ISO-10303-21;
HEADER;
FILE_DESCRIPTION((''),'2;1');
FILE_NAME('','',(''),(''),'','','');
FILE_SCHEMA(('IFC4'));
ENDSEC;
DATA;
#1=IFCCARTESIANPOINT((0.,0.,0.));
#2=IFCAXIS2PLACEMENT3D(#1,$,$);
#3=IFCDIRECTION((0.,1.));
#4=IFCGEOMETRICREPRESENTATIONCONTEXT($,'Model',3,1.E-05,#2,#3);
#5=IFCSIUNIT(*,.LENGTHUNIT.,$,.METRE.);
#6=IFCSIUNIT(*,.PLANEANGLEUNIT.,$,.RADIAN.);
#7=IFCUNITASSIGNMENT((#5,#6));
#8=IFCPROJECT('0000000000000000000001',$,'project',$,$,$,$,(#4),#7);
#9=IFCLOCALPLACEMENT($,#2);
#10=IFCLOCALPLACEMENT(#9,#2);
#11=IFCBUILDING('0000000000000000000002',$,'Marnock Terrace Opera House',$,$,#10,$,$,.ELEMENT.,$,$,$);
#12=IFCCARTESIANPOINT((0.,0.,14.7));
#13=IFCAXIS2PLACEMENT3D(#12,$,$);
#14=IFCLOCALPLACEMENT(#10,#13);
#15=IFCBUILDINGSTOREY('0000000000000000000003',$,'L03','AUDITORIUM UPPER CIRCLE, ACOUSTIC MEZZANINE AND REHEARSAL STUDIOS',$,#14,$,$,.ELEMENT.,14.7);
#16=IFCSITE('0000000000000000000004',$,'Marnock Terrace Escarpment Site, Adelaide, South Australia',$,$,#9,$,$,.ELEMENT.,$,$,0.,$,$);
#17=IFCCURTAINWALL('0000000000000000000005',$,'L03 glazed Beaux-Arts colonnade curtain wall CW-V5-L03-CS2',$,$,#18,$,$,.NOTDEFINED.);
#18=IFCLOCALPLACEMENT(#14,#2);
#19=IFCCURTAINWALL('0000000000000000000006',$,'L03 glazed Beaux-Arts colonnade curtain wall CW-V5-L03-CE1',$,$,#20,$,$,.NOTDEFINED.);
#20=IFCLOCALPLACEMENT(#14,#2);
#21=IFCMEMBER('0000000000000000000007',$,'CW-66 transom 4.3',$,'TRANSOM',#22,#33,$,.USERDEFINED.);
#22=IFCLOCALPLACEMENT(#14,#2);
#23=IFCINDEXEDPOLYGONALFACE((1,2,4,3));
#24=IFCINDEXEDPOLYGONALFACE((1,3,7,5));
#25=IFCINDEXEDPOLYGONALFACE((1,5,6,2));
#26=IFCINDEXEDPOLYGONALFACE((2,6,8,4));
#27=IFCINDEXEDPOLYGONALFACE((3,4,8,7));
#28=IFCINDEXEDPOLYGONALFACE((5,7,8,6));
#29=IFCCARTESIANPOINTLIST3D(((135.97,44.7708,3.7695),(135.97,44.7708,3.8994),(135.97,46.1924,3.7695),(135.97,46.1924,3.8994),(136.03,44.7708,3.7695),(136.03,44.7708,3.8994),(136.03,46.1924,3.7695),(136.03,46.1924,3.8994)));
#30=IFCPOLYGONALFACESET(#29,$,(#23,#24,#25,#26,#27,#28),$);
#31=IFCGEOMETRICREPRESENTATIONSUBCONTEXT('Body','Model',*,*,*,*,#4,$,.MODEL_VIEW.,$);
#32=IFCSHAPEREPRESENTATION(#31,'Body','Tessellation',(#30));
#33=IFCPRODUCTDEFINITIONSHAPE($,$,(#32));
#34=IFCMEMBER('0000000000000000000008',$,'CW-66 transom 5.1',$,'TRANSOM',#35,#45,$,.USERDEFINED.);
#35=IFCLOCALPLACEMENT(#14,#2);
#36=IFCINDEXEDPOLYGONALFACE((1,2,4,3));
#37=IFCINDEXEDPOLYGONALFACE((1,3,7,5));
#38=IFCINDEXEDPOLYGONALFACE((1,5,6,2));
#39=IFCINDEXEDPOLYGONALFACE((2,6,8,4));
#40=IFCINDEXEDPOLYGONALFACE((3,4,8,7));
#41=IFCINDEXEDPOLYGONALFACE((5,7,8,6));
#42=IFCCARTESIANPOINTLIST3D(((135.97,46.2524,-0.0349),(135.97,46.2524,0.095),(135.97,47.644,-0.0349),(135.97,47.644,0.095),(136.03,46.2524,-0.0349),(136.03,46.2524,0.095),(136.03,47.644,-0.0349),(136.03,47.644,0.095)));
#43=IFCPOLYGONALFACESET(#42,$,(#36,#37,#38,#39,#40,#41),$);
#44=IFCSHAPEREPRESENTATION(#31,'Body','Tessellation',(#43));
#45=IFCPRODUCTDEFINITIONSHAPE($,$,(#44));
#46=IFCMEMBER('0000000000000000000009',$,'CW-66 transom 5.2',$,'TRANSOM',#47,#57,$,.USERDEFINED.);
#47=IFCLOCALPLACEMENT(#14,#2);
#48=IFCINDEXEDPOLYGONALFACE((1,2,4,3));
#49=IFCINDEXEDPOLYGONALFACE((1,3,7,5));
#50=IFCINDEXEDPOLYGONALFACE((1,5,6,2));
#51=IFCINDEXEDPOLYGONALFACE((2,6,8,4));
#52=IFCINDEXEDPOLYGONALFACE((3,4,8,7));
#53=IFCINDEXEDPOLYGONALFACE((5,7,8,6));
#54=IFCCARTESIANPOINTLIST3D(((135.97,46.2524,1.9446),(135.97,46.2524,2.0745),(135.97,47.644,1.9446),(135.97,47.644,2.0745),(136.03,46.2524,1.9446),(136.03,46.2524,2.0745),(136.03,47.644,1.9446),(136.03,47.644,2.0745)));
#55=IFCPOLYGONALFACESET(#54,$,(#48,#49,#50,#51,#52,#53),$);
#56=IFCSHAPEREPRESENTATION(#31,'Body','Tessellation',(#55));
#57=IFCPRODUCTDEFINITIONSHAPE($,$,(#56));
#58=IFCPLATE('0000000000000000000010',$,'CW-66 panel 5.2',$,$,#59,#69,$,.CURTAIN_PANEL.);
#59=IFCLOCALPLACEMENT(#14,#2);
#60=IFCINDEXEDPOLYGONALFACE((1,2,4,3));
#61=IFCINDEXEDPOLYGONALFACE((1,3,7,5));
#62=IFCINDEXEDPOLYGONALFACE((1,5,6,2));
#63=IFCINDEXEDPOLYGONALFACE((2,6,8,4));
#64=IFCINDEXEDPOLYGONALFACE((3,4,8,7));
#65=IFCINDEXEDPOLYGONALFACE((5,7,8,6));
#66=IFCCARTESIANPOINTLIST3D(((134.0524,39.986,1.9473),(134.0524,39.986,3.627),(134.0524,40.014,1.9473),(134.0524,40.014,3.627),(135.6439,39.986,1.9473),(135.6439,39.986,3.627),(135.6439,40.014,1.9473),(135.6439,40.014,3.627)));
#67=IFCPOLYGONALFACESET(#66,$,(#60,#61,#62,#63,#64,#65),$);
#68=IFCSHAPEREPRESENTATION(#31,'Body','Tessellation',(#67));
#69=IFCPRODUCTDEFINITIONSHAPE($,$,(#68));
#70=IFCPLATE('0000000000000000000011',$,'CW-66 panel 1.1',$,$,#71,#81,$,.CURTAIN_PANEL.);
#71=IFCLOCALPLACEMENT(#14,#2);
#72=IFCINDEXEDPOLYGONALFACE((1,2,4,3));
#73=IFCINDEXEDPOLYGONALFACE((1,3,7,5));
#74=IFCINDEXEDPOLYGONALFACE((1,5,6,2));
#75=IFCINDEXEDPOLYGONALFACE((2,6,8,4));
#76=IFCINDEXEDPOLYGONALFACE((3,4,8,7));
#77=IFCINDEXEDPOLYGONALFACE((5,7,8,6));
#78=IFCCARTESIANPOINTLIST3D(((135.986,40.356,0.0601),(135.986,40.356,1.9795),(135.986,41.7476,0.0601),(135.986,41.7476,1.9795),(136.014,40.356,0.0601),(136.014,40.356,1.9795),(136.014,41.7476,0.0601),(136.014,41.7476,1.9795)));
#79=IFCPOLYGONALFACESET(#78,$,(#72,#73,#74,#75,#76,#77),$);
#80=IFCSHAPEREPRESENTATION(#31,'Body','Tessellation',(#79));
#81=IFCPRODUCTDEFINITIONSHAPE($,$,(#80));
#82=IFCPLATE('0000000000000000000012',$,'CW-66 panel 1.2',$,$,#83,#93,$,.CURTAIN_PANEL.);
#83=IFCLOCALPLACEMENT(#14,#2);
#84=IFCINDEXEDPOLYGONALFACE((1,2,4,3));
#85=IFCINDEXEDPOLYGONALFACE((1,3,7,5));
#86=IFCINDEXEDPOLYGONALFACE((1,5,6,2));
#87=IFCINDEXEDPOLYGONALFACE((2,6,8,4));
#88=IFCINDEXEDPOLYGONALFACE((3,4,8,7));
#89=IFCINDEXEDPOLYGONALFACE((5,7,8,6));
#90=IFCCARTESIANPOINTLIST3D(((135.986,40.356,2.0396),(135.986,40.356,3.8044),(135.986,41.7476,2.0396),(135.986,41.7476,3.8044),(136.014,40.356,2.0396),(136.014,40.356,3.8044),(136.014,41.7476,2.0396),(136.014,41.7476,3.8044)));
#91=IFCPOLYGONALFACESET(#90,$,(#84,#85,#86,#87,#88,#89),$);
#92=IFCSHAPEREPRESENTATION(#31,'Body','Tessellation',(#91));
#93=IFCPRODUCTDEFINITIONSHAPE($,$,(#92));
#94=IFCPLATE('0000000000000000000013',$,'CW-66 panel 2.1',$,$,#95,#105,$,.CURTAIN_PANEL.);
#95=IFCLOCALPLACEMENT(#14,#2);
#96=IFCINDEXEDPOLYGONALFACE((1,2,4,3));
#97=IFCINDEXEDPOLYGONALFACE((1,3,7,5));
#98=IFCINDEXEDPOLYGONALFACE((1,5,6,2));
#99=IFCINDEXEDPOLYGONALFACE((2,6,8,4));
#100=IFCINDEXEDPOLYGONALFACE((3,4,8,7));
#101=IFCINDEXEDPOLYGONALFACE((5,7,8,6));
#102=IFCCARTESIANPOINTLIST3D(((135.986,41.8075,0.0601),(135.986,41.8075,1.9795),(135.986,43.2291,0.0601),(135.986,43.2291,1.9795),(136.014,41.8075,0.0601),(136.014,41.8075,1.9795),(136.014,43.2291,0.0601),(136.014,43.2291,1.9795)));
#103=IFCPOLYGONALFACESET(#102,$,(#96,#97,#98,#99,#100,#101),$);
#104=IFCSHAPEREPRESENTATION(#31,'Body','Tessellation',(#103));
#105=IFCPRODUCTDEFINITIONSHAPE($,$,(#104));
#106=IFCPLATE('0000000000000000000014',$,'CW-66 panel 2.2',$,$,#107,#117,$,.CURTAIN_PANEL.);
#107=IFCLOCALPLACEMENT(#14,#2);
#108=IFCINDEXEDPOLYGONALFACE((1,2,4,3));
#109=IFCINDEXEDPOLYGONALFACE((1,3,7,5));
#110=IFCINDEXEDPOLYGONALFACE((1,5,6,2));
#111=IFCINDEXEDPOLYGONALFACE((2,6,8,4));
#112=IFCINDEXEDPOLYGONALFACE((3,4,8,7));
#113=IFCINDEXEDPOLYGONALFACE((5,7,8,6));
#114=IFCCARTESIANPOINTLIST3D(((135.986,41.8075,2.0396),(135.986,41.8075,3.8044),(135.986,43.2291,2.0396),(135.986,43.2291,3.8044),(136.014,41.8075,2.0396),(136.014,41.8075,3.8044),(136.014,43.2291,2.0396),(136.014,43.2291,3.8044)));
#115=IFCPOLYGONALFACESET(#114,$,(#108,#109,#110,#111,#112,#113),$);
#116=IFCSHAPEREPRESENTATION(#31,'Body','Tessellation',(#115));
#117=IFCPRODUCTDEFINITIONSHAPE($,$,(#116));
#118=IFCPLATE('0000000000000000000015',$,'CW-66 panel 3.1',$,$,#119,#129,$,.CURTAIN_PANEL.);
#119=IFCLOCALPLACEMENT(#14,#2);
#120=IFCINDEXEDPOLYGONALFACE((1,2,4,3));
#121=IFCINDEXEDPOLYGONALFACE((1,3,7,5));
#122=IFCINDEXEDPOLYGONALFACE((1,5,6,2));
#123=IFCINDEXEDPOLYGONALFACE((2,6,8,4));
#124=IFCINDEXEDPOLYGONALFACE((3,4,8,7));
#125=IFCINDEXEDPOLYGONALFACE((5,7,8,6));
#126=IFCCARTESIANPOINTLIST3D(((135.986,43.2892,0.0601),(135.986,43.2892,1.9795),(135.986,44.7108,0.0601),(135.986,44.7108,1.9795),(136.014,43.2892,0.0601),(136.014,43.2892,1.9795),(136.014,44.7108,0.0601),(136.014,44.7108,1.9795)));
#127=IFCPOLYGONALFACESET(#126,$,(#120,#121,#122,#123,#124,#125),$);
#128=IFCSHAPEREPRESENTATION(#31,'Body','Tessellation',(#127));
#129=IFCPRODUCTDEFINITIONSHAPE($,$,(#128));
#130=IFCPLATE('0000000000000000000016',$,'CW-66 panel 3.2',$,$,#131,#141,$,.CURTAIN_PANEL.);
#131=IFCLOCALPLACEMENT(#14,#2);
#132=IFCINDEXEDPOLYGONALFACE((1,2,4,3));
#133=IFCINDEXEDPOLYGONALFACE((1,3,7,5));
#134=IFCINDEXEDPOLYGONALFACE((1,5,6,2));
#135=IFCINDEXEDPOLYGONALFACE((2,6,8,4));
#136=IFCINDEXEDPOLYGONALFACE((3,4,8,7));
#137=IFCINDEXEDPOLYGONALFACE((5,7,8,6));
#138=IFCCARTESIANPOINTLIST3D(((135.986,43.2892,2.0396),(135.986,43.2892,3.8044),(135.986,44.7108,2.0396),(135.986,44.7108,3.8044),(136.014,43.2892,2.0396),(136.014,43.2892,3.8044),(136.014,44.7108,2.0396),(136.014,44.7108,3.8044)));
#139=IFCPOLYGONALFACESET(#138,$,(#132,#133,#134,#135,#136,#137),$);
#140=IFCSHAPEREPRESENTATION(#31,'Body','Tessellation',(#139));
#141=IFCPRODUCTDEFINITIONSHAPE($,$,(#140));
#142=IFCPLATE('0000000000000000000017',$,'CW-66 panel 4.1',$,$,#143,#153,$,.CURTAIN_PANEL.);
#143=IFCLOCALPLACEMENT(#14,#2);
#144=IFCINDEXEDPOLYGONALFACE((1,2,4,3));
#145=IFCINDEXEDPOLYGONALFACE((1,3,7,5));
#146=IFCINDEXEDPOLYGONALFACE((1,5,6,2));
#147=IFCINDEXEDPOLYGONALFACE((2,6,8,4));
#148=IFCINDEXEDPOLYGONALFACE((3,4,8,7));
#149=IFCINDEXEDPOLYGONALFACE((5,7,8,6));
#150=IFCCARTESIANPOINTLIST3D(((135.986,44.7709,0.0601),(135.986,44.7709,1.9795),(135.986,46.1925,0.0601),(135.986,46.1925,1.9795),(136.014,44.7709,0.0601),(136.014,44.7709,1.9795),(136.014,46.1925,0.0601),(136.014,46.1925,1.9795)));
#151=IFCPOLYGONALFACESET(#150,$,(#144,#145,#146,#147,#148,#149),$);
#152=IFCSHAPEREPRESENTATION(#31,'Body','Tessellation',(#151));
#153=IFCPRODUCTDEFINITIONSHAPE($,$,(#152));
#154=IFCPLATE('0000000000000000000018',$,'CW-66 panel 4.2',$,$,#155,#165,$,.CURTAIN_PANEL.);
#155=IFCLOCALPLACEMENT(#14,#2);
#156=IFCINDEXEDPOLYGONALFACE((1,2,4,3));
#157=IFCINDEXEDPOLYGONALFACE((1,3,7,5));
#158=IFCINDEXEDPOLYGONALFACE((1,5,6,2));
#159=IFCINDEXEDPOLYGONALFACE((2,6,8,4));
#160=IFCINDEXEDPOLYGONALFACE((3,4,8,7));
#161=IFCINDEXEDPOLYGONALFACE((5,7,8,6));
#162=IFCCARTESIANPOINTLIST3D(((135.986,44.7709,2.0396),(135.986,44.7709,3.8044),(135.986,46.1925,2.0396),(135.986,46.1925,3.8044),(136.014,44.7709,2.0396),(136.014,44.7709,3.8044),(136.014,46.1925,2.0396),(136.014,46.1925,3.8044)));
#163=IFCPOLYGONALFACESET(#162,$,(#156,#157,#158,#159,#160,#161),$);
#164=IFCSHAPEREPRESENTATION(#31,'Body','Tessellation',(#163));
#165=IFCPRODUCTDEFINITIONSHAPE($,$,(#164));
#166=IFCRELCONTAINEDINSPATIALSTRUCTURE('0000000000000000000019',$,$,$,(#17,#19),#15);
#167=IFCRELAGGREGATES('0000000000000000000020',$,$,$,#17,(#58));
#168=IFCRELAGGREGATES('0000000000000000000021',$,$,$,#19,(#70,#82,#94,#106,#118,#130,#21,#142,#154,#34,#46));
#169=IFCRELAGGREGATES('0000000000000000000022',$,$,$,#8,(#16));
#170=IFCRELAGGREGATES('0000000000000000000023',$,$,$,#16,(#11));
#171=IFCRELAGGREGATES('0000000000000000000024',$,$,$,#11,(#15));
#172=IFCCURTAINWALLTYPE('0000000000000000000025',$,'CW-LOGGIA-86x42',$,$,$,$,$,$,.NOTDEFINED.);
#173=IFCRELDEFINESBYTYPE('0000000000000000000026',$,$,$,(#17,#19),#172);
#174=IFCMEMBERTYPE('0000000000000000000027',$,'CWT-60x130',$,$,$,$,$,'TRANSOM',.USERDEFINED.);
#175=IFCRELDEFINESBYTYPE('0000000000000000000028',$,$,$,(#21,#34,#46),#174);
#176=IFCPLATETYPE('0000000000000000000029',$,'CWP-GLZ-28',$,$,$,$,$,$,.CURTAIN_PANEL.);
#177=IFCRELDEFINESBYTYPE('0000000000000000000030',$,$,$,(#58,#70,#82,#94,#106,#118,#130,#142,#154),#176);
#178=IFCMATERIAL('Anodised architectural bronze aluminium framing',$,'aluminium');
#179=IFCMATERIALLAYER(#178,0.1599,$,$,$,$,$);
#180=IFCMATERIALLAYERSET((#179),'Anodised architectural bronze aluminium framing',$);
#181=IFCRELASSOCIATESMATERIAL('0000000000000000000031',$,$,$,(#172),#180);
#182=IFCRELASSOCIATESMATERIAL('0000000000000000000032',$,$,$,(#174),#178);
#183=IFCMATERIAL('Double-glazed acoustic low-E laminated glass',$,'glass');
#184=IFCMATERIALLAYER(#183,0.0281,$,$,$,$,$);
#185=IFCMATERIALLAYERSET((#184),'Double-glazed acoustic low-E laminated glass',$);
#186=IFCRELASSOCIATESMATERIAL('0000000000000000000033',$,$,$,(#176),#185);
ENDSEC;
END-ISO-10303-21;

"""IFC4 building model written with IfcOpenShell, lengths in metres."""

from ifc_helpers import new_model, si_unit, direction, frame, origin, origin_2d, place, context, subcontext, project, spatial, rectangle, extrude, material, layer, layer_set, material_profile, profile_set, type_object, element, aggregate, save


model = new_model("IFC4")

# Units and contexts
model_context = context("Model", 3, precision=1e-05, world=origin(), true_north=direction((0.0, 1.0)))
body_context = subcontext(model_context, "Body", "Model", "MODEL_VIEW")
ifc_project = project(units=[si_unit("LENGTHUNIT", "METRE"), si_unit("PLANEANGLEUNIT", "RADIAN")], contexts=[model_context])

# Site, building, storey
site_placement = place(None, origin())
site = spatial("IfcSite", under=ifc_project, at=site_placement, Name="Marnock Terrace Escarpment Site, Adelaide, South Australia", CompositionType="ELEMENT", RefElevation=0.0)
building_placement = place(site_placement, origin())
building = spatial("IfcBuilding", under=site, at=building_placement, Name="Marnock Terrace Opera House", CompositionType="ELEMENT")
storey_placement = place(building_placement, frame((0.0, 0.0, 14.7)))
storey = spatial("IfcBuildingStorey", under=building, at=storey_placement, Name="L03", Description="AUDITORIUM UPPER CIRCLE, ACOUSTIC MEZZANINE AND REHEARSAL STUDIOS", CompositionType="ELEMENT", Elevation=14.7)

# Curtain wall
ifc_material_1 = material(Name="Anodised architectural bronze aluminium framing", Category="aluminium")
ifc_layer_1 = layer(ifc_material_1, 0.1599)
ifc_layer_set_1 = layer_set([ifc_layer_1], Name="Anodised architectural bronze aluminium framing")
curtain_wall_type = type_object("IfcCurtainWallType", Name="CW-LOGGIA-86x42", PredefinedType="NOTDEFINED", material=ifc_layer_set_1)
curtain_wall_1_placement = place(storey_placement, origin())
curtain_wall_1 = element("IfcCurtainWall", 1, at=curtain_wall_1_placement, inside=storey, type_object=curtain_wall_type, Name="L03 glazed Beaux-Arts colonnade curtain wall CW-V5-L03-CS2", PredefinedType="NOTDEFINED")

# Curtain wall, members
curtain_wall_2_placement = place(storey_placement, origin())
curtain_wall_2 = element("IfcCurtainWall", 2, at=curtain_wall_2_placement, inside=storey, type_object=curtain_wall_type, Name="L03 glazed Beaux-Arts colonnade curtain wall CW-V5-L03-CE1", PredefinedType="NOTDEFINED")
ifc_material_profile_1 = material_profile(ifc_material_1, rectangle(XDim=0.0601, YDim=0.1299, at=origin_2d()))
ifc_profile_set_1 = profile_set([ifc_material_profile_1], Name="Anodised architectural bronze aluminium framing")
member_type_1 = type_object("IfcMemberType", Name="CWT-60x130", ElementType="TRANSOM", PredefinedType="USERDEFINED", material=ifc_profile_set_1)
member_1_placement = place(storey_placement, frame((136.0, 44.7708, 3.8345), z_axis=(0.0, 1.0, 0.0), x_axis=(-1.0, 0.0, 0.0)))
member_1 = element("IfcMember", 3, at=member_1_placement, type_object=member_type_1, Name="CW-66 transom 4.3", ObjectType="TRANSOM", PredefinedType="USERDEFINED", context=body_context, shape_type="SweptSolid", body=[
    extrude(rectangle(XDim=0.0601, YDim=0.1299, at=origin_2d()), origin(), (0.0, 0.0, 1.0), 1.4216),
])
member_2_placement = place(storey_placement, frame((136.0, 46.2524, 0.03), z_axis=(0.0, 1.0, 0.0), x_axis=(-1.0, 0.0, 0.0)))
member_2 = element("IfcMember", 4, at=member_2_placement, type_object=member_type_1, Name="CW-66 transom 5.1", ObjectType="TRANSOM", PredefinedType="USERDEFINED", context=body_context, shape_type="SweptSolid", body=[
    extrude(rectangle(XDim=0.0601, YDim=0.1299, at=origin_2d()), origin(), (0.0, 0.0, 1.0), 1.3916),
])
member_3_placement = place(storey_placement, frame((136.0, 46.2524, 2.0095), z_axis=(0.0, 1.0, 0.0), x_axis=(-1.0, 0.0, 0.0)))
member_3 = element("IfcMember", 5, at=member_3_placement, type_object=member_type_1, Name="CW-66 transom 5.2", ObjectType="TRANSOM", PredefinedType="USERDEFINED", context=body_context, shape_type="SweptSolid", body=[
    extrude(rectangle(XDim=0.0601, YDim=0.1299, at=origin_2d()), origin(), (0.0, 0.0, 1.0), 1.3916),
])

# Plates
ifc_material_2 = material(Name="Double-glazed acoustic low-E laminated glass", Category="glass")
ifc_layer_2 = layer(ifc_material_2, 0.0281)
ifc_layer_set_2 = layer_set([ifc_layer_2], Name="Double-glazed acoustic low-E laminated glass")
plate_type = type_object("IfcPlateType", Name="CWP-GLZ-28", PredefinedType="CURTAIN_PANEL", material=ifc_layer_set_2)
plate_1_placement = place(storey_placement, frame((134.8481, 40.0, 1.9473), z_axis=(0.0, 0.0, 1.0), x_axis=(1.0, 0.0, 0.0)))
plate_1 = element("IfcPlate", 6, at=plate_1_placement, type_object=plate_type, Name="CW-66 panel 5.2", PredefinedType="CURTAIN_PANEL", context=body_context, shape_type="SweptSolid", body=[
    extrude(rectangle(XDim=1.5916, YDim=0.0281, at=origin_2d()), origin(), (0.0, 0.0, 1.0), 1.6797),
])
aggregate(curtain_wall_1, [plate_1])
plate_2_placement = place(storey_placement, frame((136.0, 41.0518, 0.0601), z_axis=(0.0, 0.0, 1.0), x_axis=(0.0, 1.0, 0.0)))
plate_2 = element("IfcPlate", 7, at=plate_2_placement, type_object=plate_type, Name="CW-66 panel 1.1", PredefinedType="CURTAIN_PANEL", context=body_context, shape_type="SweptSolid", body=[
    extrude(rectangle(XDim=1.3916, YDim=0.0281, at=origin_2d()), origin(), (0.0, 0.0, 1.0), 1.9194),
])
plate_3_placement = place(storey_placement, frame((136.0, 41.0518, 2.0396), z_axis=(0.0, 0.0, 1.0), x_axis=(0.0, 1.0, 0.0)))
plate_3 = element("IfcPlate", 8, at=plate_3_placement, type_object=plate_type, Name="CW-66 panel 1.2", PredefinedType="CURTAIN_PANEL", context=body_context, shape_type="SweptSolid", body=[
    extrude(rectangle(XDim=1.3916, YDim=0.0281, at=origin_2d()), origin(), (0.0, 0.0, 1.0), 1.7649),
])
plate_4_placement = place(storey_placement, frame((136.0, 42.5183, 0.0601), z_axis=(0.0, 0.0, 1.0), x_axis=(0.0, 1.0, 0.0)))
plate_4 = element("IfcPlate", 9, at=plate_4_placement, type_object=plate_type, Name="CW-66 panel 2.1", PredefinedType="CURTAIN_PANEL", context=body_context, shape_type="SweptSolid", body=[
    extrude(rectangle(XDim=1.4216, YDim=0.0281, at=origin_2d()), origin(), (0.0, 0.0, 1.0), 1.9194),
])
plate_5_placement = place(storey_placement, frame((136.0, 42.5183, 2.0396), z_axis=(0.0, 0.0, 1.0), x_axis=(0.0, 1.0, 0.0)))
plate_5 = element("IfcPlate", 10, at=plate_5_placement, type_object=plate_type, Name="CW-66 panel 2.2", PredefinedType="CURTAIN_PANEL", context=body_context, shape_type="SweptSolid", body=[
    extrude(rectangle(XDim=1.4216, YDim=0.0281, at=origin_2d()), origin(), (0.0, 0.0, 1.0), 1.7649),
])
plate_6_placement = place(storey_placement, frame((136.0, 44.0, 0.0601), z_axis=(0.0, 0.0, 1.0), x_axis=(0.0, 1.0, 0.0)))
plate_6 = element("IfcPlate", 11, at=plate_6_placement, type_object=plate_type, Name="CW-66 panel 3.1", PredefinedType="CURTAIN_PANEL", context=body_context, shape_type="SweptSolid", body=[
    extrude(rectangle(XDim=1.4216, YDim=0.0281, at=origin_2d()), origin(), (0.0, 0.0, 1.0), 1.9194),
])
plate_7_placement = place(storey_placement, frame((136.0, 44.0, 2.0396), z_axis=(0.0, 0.0, 1.0), x_axis=(0.0, 1.0, 0.0)))
plate_7 = element("IfcPlate", 12, at=plate_7_placement, type_object=plate_type, Name="CW-66 panel 3.2", PredefinedType="CURTAIN_PANEL", context=body_context, shape_type="SweptSolid", body=[
    extrude(rectangle(XDim=1.4216, YDim=0.0281, at=origin_2d()), origin(), (0.0, 0.0, 1.0), 1.7649),
])
plate_8_placement = place(storey_placement, frame((136.0, 45.4817, 0.0601), z_axis=(0.0, 0.0, 1.0), x_axis=(0.0, 1.0, 0.0)))
plate_8 = element("IfcPlate", 13, at=plate_8_placement, type_object=plate_type, Name="CW-66 panel 4.1", PredefinedType="CURTAIN_PANEL", context=body_context, shape_type="SweptSolid", body=[
    extrude(rectangle(XDim=1.4216, YDim=0.0281, at=origin_2d()), origin(), (0.0, 0.0, 1.0), 1.9194),
])
plate_9_placement = place(storey_placement, frame((136.0, 45.4817, 2.0396), z_axis=(0.0, 0.0, 1.0), x_axis=(0.0, 1.0, 0.0)))
plate_9 = element("IfcPlate", 14, at=plate_9_placement, type_object=plate_type, Name="CW-66 panel 4.2", PredefinedType="CURTAIN_PANEL", context=body_context, shape_type="SweptSolid", body=[
    extrude(rectangle(XDim=1.4216, YDim=0.0281, at=origin_2d()), origin(), (0.0, 0.0, 1.0), 1.7649),
])
aggregate(curtain_wall_2, [plate_2, plate_3, plate_4, plate_5, plate_6, plate_7, member_1, plate_8, plate_9, member_2, member_3])

save(model, "model.ifc")
